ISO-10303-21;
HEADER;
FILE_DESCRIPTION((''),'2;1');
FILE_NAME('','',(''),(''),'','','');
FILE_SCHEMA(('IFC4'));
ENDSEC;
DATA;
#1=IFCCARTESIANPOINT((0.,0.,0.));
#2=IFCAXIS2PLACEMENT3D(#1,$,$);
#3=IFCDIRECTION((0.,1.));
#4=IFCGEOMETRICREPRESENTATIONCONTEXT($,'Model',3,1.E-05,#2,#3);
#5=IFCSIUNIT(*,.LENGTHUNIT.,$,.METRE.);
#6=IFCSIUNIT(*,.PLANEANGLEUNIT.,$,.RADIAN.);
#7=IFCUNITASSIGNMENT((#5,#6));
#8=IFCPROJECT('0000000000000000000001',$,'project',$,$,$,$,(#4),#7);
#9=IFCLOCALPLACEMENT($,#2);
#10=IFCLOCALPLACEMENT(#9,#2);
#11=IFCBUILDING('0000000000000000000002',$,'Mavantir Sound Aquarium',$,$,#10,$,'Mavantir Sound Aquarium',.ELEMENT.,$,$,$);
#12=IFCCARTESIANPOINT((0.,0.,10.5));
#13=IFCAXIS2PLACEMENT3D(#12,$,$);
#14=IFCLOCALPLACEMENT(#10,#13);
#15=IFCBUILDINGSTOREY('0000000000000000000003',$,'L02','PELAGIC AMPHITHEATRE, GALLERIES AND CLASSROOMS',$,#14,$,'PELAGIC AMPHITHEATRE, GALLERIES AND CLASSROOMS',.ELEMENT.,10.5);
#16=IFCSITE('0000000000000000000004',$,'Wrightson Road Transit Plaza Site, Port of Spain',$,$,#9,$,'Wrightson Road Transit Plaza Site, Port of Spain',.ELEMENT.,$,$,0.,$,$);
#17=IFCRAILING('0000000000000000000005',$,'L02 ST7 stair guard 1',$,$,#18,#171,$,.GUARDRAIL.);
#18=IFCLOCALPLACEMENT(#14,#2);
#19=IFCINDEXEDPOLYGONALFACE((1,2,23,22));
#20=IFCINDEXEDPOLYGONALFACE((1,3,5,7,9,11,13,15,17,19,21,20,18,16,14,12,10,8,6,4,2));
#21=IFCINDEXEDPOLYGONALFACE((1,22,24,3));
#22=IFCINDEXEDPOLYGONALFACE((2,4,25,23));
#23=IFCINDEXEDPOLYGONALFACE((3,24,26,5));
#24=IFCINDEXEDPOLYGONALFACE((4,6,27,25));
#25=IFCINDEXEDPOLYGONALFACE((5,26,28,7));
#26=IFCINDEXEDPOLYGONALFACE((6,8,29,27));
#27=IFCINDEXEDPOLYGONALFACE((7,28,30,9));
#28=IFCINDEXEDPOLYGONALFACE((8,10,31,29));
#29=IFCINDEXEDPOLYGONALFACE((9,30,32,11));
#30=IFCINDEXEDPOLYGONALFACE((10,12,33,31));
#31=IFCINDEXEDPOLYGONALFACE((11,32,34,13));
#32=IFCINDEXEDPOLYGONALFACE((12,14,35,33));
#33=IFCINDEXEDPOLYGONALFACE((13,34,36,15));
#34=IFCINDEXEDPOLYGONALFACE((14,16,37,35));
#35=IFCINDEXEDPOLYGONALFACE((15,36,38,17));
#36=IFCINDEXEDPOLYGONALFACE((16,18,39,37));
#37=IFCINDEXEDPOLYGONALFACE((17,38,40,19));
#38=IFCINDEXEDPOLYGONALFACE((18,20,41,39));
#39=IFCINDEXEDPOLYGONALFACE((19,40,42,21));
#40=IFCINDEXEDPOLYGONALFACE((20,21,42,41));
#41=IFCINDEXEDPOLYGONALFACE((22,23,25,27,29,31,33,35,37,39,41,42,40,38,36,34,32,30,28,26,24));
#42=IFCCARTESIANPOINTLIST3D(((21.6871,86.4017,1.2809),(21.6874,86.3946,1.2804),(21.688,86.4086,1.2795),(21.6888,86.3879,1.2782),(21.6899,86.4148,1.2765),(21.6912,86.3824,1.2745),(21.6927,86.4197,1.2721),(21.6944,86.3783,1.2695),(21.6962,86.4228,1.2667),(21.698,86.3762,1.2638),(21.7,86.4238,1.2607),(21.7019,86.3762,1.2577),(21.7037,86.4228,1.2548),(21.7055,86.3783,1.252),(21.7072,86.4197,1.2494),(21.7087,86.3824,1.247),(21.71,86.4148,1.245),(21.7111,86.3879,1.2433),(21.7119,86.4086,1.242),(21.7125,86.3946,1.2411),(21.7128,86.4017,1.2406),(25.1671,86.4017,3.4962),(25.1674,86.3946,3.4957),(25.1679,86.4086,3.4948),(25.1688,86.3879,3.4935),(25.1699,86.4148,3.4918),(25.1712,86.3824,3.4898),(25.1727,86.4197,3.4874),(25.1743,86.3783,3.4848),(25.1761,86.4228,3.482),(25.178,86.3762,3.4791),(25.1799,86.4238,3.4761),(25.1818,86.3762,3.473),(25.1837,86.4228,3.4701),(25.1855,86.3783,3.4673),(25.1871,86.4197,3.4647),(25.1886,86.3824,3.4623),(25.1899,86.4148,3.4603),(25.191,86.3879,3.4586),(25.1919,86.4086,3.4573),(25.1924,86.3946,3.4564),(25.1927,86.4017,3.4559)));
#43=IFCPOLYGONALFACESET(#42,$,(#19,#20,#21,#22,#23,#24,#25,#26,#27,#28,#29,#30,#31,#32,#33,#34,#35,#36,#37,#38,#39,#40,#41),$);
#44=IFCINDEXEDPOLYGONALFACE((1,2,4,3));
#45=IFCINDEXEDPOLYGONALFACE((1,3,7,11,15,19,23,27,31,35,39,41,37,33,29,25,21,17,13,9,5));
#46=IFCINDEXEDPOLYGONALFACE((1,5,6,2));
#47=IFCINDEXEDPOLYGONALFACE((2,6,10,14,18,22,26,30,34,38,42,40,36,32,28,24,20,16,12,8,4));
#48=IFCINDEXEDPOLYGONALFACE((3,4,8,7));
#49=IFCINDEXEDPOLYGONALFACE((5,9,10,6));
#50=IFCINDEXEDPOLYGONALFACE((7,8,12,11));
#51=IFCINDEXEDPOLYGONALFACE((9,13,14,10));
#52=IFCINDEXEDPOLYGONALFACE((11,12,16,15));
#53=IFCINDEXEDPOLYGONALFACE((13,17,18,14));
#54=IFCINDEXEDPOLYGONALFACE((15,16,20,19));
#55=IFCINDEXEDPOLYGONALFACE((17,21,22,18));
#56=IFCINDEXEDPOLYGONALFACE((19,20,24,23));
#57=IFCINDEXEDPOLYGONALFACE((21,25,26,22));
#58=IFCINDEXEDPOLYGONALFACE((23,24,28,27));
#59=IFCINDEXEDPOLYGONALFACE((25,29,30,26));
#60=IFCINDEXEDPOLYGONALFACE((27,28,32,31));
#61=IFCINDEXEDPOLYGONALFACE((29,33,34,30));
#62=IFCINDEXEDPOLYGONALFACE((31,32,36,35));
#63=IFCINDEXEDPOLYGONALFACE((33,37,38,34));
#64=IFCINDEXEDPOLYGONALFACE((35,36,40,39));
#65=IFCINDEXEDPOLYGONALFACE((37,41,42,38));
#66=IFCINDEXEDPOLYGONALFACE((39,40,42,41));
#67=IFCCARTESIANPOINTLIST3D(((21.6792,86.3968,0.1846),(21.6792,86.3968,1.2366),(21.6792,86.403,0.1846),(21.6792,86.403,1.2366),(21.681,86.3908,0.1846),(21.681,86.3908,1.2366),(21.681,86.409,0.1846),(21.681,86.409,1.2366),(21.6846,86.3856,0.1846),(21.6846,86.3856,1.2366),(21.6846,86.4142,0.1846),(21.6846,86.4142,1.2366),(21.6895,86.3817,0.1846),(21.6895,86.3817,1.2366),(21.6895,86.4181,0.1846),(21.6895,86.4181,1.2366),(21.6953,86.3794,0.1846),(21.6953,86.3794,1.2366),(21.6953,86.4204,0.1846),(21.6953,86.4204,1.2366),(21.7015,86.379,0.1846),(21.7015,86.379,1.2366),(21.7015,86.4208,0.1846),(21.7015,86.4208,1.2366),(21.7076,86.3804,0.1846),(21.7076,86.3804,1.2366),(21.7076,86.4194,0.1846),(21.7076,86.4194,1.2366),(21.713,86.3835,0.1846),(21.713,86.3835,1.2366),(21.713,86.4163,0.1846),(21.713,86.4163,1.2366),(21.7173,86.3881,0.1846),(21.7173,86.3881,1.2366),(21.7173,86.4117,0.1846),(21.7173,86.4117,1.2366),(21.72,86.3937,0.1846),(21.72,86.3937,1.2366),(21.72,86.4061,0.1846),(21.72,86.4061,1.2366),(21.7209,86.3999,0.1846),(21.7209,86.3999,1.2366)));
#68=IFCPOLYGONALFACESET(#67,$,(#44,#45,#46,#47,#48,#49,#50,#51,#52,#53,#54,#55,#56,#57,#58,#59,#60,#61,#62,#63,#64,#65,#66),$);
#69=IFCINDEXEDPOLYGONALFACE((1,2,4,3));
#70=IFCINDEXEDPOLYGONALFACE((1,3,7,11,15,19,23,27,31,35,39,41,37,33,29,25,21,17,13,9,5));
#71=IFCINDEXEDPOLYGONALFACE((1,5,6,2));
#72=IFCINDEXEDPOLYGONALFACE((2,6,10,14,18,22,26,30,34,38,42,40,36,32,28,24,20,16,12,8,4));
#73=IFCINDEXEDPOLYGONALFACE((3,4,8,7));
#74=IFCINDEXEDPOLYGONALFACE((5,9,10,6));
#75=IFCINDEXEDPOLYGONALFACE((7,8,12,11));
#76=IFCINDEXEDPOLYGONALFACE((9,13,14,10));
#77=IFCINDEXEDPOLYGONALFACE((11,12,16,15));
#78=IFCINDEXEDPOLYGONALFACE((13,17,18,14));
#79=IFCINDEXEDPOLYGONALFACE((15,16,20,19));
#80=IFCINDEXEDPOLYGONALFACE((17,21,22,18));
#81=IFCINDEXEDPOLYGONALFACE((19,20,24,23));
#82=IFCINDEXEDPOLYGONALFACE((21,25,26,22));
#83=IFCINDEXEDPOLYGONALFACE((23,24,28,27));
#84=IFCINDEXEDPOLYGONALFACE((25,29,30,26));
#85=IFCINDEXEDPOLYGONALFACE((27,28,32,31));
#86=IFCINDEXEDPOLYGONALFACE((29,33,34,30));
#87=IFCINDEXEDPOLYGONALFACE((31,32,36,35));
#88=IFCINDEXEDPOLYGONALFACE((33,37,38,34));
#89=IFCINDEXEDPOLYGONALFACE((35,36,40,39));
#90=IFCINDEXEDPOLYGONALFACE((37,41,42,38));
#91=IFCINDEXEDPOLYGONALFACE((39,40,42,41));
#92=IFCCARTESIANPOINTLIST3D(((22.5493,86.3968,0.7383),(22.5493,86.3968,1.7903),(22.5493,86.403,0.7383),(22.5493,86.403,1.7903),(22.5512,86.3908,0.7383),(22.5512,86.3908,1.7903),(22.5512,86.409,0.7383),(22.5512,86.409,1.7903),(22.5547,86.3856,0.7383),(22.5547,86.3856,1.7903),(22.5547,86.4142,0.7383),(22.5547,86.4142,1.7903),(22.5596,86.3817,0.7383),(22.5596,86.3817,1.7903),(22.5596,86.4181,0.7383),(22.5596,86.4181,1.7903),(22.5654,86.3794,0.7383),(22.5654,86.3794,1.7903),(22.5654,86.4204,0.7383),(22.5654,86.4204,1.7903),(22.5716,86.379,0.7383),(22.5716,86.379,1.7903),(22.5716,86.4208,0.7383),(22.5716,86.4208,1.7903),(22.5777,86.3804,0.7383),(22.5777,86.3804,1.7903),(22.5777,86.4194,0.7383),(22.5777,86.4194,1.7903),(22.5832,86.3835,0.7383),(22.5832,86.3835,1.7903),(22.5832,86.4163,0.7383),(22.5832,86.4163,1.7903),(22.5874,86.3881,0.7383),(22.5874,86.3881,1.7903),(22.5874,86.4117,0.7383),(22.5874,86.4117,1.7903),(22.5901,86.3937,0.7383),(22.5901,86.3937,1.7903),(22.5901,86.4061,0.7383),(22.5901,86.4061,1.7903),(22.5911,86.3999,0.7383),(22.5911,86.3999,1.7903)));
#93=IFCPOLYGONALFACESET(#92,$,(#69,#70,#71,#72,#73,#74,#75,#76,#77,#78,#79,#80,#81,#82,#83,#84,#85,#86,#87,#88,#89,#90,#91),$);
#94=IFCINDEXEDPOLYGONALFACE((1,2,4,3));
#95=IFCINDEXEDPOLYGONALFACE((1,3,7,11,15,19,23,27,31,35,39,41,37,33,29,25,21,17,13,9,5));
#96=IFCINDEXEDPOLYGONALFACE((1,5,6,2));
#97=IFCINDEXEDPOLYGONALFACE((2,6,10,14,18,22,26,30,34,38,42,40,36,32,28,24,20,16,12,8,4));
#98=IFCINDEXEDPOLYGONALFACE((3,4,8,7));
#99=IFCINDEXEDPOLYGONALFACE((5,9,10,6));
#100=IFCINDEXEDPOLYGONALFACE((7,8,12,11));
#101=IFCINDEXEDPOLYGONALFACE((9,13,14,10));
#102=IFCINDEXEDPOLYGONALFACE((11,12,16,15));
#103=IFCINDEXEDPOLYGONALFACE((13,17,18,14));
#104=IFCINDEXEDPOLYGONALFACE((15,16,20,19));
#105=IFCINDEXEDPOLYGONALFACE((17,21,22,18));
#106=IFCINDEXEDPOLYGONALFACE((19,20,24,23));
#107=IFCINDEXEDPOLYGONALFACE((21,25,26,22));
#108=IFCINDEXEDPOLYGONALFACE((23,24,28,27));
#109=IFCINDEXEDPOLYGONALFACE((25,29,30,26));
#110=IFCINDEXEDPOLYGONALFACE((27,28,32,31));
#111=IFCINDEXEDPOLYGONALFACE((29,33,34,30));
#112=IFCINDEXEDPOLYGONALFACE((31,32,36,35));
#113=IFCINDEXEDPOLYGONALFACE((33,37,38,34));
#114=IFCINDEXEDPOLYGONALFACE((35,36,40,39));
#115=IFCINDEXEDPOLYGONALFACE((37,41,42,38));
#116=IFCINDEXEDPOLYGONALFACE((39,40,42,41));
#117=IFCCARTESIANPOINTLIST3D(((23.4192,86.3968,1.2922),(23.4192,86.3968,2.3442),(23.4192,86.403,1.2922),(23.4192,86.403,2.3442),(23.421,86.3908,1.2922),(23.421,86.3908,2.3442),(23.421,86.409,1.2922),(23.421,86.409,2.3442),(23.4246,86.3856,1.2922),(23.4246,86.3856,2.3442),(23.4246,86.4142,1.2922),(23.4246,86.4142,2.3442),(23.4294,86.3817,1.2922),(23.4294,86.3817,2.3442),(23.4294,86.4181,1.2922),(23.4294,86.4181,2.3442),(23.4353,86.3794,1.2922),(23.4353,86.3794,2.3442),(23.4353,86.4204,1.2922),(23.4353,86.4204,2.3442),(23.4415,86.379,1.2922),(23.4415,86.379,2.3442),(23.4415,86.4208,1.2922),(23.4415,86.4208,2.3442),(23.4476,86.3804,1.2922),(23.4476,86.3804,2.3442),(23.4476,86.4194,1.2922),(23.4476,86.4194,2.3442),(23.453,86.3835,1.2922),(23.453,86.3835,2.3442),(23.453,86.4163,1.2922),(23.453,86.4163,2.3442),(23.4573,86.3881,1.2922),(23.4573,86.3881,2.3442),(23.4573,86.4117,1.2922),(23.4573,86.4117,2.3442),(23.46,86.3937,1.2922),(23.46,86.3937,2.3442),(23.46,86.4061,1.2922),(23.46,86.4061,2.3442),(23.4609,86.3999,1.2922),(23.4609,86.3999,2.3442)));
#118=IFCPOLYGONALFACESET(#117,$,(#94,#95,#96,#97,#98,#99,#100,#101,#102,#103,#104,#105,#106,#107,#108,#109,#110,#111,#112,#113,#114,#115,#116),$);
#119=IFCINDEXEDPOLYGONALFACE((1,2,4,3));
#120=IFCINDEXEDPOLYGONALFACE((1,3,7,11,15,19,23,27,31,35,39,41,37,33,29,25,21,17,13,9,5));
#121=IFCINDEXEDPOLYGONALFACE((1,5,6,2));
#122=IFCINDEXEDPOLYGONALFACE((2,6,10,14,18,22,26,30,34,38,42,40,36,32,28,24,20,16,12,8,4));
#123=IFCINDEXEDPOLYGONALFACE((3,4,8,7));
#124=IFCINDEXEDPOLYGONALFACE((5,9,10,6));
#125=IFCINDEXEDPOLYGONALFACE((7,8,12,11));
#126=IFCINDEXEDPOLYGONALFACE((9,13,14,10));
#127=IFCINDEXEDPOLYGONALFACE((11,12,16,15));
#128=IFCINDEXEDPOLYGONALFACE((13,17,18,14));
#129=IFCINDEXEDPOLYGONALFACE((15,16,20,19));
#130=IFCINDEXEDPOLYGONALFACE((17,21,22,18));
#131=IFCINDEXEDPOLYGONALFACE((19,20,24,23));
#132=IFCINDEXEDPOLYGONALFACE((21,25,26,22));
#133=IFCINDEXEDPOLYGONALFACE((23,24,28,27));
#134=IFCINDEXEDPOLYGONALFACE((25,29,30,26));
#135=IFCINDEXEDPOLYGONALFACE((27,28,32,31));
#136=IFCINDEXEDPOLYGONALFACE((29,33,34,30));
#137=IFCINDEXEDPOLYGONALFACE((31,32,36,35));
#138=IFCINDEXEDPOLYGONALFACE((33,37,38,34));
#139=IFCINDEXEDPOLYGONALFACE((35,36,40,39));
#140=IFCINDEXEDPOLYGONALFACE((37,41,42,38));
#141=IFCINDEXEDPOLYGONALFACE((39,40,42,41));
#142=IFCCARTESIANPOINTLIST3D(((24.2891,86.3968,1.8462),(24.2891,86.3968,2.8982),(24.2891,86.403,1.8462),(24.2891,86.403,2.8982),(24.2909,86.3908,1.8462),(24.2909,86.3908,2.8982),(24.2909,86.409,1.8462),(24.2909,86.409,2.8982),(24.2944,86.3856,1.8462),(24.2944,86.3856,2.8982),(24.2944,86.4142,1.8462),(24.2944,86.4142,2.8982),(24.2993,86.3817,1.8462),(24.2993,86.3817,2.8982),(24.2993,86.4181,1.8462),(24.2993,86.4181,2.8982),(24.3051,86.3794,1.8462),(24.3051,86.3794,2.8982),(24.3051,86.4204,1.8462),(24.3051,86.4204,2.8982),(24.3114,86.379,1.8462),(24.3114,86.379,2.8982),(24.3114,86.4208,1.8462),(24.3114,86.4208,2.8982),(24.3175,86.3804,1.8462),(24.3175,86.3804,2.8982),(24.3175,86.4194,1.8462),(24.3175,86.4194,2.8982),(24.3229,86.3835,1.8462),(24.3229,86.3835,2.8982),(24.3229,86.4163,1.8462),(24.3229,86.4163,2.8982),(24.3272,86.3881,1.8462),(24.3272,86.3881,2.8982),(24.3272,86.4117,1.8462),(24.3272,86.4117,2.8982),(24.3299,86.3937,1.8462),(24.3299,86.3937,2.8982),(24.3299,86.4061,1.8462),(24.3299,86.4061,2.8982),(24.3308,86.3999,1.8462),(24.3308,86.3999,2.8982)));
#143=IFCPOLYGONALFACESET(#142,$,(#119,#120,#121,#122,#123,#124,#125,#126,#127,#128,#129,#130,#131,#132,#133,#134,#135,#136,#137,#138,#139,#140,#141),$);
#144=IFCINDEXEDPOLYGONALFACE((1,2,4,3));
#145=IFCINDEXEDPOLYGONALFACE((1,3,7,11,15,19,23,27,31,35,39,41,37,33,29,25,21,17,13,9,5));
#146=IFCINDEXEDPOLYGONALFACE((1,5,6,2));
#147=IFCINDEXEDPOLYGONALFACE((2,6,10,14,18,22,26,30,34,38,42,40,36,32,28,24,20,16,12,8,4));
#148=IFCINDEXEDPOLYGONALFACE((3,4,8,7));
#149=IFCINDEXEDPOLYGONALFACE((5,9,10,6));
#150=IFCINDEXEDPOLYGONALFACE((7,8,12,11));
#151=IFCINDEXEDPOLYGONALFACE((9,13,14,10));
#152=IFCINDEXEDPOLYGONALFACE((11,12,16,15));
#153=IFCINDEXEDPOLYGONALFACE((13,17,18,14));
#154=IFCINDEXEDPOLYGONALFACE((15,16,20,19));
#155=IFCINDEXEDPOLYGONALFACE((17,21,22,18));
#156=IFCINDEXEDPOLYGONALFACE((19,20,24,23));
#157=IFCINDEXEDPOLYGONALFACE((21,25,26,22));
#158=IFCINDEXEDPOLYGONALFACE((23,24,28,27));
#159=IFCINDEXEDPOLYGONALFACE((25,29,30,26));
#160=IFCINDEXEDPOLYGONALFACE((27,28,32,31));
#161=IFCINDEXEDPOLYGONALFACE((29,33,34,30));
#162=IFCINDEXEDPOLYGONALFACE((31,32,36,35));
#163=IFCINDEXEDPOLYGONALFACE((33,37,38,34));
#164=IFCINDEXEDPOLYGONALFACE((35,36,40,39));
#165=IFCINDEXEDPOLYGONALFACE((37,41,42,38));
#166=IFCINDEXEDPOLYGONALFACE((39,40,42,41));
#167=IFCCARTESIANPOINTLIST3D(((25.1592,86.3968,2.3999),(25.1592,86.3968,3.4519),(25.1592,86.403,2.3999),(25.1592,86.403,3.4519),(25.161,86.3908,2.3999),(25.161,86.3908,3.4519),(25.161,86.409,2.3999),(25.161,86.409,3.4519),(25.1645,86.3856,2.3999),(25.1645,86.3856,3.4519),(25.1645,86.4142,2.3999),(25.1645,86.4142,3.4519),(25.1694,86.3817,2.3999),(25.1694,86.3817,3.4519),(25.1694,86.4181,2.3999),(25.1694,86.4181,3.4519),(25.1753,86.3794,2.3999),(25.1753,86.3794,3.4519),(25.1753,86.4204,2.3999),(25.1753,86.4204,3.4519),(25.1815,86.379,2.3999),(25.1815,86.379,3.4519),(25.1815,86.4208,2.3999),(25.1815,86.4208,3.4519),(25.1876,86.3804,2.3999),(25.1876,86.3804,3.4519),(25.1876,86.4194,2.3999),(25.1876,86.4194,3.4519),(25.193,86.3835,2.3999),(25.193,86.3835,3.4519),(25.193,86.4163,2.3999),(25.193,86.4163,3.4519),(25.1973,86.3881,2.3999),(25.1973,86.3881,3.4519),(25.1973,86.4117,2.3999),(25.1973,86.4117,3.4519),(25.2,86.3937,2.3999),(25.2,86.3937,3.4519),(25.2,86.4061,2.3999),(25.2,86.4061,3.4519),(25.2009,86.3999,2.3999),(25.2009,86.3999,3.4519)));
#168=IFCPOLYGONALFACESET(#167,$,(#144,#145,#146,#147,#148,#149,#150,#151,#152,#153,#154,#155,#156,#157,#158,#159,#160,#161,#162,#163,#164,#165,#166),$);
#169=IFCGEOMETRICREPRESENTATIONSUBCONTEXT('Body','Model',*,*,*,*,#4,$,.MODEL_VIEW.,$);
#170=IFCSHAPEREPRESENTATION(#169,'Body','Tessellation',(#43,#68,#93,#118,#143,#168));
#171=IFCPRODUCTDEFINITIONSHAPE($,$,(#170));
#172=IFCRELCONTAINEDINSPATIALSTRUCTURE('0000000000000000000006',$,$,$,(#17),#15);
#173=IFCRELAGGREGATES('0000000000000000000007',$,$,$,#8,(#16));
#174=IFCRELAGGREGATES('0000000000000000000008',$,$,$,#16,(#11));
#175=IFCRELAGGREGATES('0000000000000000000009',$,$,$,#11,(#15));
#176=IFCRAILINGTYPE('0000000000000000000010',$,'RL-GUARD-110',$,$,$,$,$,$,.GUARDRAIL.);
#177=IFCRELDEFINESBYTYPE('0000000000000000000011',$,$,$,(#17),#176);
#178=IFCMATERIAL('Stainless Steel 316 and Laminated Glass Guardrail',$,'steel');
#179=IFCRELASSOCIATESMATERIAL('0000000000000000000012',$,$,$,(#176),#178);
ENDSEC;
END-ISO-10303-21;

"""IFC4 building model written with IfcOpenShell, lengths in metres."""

from ifc_helpers import new_model, si_unit, direction, frame, origin, origin_2d, place, context, subcontext, project, spatial, circle, extrude, material, type_object, element, save


model = new_model("IFC4")

# Units and contexts
model_context = context("Model", 3, precision=1e-05, world=origin(), true_north=direction((0.0, 1.0)))
body_context = subcontext(model_context, "Body", "Model", "MODEL_VIEW")
ifc_project = project(units=[si_unit("LENGTHUNIT", "METRE"), si_unit("PLANEANGLEUNIT", "RADIAN")], contexts=[model_context])

# Site, building, storey
site_placement = place(None, origin())
site = spatial("IfcSite", under=ifc_project, at=site_placement, Name="Wrightson Road Transit Plaza Site, Port of Spain", LongName="Wrightson Road Transit Plaza Site, Port of Spain", CompositionType="ELEMENT", RefElevation=0.0)
building_placement = place(site_placement, origin())
building = spatial("IfcBuilding", under=site, at=building_placement, Name="Mavantir Sound Aquarium", LongName="Mavantir Sound Aquarium", CompositionType="ELEMENT")
storey_placement = place(building_placement, frame((0.0, 0.0, 10.5)))
storey = spatial("IfcBuildingStorey", under=building, at=storey_placement, Name="L02", Description="PELAGIC AMPHITHEATRE, GALLERIES AND CLASSROOMS", LongName="PELAGIC AMPHITHEATRE, GALLERIES AND CLASSROOMS", CompositionType="ELEMENT", Elevation=10.5)

# Railing
ifc_material_1 = material(Name="Stainless Steel 316 and Laminated Glass Guardrail", Category="steel")
railing_type_1 = type_object("IfcRailingType", Name="RL-GUARD-110", PredefinedType="GUARDRAIL", material=ifc_material_1)
railing_1_placement = place(storey_placement, frame((21.7, 86.3999, 0.1846)))
element("IfcRailing", 1, at=railing_1_placement, inside=storey, type_object=railing_type_1, Name="L02 ST7 stair guard 1", PredefinedType="GUARDRAIL", context=body_context, shape_type="SweptSolid", body=[
    extrude(circle(Radius=0.0239, at=origin_2d()), frame((0.0, 0.0, 1.0762), z_axis=(0.843574, 0.0, 0.537013), x_axis=(0.0, 1.0, 0.0)), (0.0, 0.0, 1.0), 4.1252),
    extrude(circle(Radius=0.021, at=origin_2d()), origin(), (0.0, 0.0, 1.0), 1.052),
    extrude(circle(Radius=0.021, at=origin_2d()), frame((0.8701, 0.0, 0.5537)), (0.0, 0.0, 1.0), 1.052),
    extrude(circle(Radius=0.021, at=origin_2d()), frame((1.74, 0.0, 1.1077)), (0.0, 0.0, 1.0), 1.052),
    extrude(circle(Radius=0.021, at=origin_2d()), frame((2.6099, 0.0, 1.6616)), (0.0, 0.0, 1.0), 1.052),
    extrude(circle(Radius=0.021, at=origin_2d()), frame((3.48, 0.0, 2.2153)), (0.0, 0.0, 1.0), 1.052),
])

save(model, "model.ifc")
